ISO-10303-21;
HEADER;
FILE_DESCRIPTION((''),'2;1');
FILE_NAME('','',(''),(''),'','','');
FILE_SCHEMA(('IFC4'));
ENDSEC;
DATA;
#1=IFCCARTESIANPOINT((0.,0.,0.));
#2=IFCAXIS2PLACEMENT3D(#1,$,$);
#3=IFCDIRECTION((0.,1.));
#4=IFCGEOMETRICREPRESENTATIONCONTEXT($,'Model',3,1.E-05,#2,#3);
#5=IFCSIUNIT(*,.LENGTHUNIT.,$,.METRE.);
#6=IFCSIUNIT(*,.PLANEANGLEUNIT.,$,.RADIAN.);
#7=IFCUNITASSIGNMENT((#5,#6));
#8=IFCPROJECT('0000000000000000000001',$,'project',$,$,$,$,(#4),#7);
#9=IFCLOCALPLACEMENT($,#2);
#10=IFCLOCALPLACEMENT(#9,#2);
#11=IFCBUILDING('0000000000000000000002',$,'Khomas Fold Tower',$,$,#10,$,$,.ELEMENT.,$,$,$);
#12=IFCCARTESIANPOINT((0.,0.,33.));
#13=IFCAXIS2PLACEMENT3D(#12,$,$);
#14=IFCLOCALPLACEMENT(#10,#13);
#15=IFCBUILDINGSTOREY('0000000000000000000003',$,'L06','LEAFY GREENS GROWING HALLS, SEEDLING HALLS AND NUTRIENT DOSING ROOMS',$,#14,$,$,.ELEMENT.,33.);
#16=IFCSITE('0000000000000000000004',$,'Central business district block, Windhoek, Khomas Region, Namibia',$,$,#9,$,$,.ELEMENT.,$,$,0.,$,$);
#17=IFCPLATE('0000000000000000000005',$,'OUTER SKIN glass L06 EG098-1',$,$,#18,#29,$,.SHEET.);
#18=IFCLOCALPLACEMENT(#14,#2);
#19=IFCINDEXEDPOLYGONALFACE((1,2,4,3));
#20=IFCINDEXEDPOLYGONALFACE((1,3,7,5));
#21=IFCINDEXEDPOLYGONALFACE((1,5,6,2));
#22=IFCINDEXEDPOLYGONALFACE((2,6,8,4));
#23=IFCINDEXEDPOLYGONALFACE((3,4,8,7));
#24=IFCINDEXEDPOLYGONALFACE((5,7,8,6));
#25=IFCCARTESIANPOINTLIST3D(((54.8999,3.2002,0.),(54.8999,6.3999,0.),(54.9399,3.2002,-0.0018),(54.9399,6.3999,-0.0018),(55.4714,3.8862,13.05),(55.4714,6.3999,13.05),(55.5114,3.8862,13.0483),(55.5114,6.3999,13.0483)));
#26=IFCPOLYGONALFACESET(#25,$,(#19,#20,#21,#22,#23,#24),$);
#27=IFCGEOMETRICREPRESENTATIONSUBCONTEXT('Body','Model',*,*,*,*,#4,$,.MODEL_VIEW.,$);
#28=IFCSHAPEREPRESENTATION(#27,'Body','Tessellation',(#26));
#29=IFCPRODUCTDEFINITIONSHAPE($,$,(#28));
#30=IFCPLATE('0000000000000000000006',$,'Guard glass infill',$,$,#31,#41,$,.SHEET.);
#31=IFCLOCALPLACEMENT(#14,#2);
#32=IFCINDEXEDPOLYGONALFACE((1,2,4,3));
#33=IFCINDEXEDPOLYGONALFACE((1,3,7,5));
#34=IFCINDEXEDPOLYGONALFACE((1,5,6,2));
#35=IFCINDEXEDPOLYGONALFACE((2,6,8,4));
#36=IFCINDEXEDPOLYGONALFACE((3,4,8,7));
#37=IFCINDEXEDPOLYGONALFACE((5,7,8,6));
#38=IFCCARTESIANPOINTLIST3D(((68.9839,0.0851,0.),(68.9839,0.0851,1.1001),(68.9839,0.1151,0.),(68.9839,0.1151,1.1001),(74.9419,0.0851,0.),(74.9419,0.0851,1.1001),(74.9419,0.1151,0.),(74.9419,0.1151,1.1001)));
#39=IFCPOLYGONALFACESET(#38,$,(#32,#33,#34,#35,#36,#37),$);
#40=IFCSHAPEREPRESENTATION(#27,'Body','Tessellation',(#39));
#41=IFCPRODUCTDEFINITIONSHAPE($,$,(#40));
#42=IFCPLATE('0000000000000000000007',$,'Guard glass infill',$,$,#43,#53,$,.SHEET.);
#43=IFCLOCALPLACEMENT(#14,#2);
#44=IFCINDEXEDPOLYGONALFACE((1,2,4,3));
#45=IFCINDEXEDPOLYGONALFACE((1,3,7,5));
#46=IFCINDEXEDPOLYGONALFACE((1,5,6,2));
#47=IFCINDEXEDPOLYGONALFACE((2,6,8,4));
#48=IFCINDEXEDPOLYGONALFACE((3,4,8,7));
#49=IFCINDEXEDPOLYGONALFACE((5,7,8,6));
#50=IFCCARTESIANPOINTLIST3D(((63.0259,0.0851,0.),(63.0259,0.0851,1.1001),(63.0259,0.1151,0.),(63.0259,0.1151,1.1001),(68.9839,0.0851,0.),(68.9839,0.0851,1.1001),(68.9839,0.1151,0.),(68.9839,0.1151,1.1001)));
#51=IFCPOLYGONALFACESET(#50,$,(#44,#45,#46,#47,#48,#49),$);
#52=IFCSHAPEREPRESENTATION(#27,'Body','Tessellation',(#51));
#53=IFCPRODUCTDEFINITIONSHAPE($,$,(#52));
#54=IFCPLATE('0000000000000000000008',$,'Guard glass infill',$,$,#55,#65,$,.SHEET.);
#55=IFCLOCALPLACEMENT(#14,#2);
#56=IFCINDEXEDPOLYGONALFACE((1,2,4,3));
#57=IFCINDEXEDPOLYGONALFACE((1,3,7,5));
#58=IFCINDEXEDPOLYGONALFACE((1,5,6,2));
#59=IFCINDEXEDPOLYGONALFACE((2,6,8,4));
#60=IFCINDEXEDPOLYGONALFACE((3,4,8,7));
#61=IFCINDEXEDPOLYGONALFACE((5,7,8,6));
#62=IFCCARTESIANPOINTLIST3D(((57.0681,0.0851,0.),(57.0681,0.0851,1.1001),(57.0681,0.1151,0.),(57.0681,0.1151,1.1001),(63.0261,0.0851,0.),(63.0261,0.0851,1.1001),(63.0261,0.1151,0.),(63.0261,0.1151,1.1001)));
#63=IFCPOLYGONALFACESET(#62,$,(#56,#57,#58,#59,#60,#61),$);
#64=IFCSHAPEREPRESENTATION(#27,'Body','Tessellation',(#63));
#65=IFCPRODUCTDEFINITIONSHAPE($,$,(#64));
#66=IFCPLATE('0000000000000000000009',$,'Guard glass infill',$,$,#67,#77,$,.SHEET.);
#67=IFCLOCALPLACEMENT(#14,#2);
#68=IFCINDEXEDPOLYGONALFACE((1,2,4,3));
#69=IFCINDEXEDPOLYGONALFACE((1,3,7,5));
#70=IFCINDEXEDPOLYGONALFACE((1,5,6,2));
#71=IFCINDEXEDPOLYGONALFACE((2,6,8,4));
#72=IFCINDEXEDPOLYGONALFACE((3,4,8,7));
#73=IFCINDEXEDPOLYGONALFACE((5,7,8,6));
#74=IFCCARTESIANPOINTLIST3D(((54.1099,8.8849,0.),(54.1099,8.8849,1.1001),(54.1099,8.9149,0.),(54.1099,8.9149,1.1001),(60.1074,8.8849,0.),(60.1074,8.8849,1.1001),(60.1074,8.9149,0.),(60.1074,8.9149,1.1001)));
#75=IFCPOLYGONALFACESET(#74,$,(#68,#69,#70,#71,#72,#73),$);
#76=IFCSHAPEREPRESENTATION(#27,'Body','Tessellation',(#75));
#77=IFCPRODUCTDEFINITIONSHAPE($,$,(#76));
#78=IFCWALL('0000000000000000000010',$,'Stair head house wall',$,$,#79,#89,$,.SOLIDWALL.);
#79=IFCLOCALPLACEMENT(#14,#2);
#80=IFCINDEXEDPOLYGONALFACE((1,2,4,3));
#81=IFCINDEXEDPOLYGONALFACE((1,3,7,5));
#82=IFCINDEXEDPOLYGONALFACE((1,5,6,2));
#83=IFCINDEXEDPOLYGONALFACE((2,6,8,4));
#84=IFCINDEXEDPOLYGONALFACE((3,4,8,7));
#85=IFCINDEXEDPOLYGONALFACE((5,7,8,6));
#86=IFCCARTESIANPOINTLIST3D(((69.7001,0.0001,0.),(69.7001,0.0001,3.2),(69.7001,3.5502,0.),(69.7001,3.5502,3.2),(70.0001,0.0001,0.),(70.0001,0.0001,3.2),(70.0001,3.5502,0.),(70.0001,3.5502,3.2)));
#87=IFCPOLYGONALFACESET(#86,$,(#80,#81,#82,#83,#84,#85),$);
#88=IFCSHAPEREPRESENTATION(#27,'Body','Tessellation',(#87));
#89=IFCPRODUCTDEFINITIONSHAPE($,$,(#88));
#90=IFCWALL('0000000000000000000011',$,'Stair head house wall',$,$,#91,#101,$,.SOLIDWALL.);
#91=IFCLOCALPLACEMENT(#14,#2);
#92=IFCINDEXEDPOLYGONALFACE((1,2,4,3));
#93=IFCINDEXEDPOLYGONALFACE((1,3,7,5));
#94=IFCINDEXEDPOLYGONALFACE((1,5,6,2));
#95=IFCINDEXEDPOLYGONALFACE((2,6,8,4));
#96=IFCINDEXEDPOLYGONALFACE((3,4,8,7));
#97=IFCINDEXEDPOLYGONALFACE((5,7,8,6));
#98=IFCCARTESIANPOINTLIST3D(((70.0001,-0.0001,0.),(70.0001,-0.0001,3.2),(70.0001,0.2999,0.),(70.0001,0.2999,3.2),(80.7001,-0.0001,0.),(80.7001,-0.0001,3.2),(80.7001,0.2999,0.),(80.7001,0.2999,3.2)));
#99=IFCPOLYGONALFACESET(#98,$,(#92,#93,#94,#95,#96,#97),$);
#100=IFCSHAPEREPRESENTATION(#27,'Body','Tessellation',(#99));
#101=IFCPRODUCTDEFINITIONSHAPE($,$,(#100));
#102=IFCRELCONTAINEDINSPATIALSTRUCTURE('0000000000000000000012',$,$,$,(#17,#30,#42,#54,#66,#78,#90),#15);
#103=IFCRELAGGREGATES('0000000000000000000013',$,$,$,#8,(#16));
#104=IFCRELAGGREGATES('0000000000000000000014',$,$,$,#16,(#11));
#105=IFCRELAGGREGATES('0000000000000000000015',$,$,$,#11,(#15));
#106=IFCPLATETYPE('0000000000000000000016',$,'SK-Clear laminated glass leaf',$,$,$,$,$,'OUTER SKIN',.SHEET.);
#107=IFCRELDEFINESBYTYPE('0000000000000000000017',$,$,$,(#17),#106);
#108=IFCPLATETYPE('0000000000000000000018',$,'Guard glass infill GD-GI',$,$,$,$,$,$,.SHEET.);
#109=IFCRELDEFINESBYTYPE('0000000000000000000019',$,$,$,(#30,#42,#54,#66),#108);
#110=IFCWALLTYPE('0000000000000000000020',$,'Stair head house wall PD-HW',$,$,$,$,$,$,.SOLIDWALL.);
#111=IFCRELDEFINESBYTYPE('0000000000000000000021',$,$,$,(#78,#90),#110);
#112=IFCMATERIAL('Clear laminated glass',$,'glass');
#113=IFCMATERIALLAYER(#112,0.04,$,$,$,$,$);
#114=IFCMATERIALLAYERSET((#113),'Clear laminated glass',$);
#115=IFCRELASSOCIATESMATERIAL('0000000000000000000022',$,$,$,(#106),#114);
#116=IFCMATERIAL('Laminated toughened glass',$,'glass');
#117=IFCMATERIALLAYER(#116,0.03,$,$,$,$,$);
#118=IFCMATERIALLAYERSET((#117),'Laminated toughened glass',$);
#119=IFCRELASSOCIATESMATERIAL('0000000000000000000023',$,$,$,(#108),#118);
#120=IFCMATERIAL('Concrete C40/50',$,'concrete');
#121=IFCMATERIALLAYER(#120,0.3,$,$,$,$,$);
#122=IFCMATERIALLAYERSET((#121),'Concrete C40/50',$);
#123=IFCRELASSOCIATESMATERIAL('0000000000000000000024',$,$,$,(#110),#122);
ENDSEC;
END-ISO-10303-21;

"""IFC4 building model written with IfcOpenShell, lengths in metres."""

from ifc_helpers import new_model, si_unit, direction, frame, frame_2d, origin, origin_2d, place, context, subcontext, project, spatial, polyline, rectangle, outline, extrude, source, transform, mapped, material, layer, layer_set, type_object, element, save


model = new_model("IFC4")

# Units and contexts
model_context = context("Model", 3, precision=1e-05, world=origin(), true_north=direction((0.0, 1.0)))
body_context = subcontext(model_context, "Body", "Model", "MODEL_VIEW")
ifc_project = project(units=[si_unit("LENGTHUNIT", "METRE"), si_unit("PLANEANGLEUNIT", "RADIAN")], contexts=[model_context])

# Site, building, storey
site_placement = place(None, origin())
site = spatial("IfcSite", under=ifc_project, at=site_placement, Name="Central business district block, Windhoek, Khomas Region, Namibia", CompositionType="ELEMENT", RefElevation=0.0)
building_placement = place(site_placement, origin())
building = spatial("IfcBuilding", under=site, at=building_placement, Name="Khomas Fold Tower", CompositionType="ELEMENT")
storey_placement = place(building_placement, frame((0.0, 0.0, 33.0)))
storey = spatial("IfcBuildingStorey", under=building, at=storey_placement, Name="L06", Description="LEAFY GREENS GROWING HALLS, SEEDLING HALLS AND NUTRIENT DOSING ROOMS", CompositionType="ELEMENT", Elevation=33.0)

# Plates
ifc_material_1 = material(Name="Clear laminated glass", Category="glass")
ifc_layer_1 = layer(ifc_material_1, 0.04)
ifc_layer_set_1 = layer_set([ifc_layer_1], Name="Clear laminated glass")
plate_type_1 = type_object("IfcPlateType", Name="SK-Clear laminated glass leaf", ElementType="OUTER SKIN", PredefinedType="SHEET", material=ifc_layer_set_1)
plate_1_placement = place(storey_placement, frame((54.8999, 6.3999, 0.0), z_axis=(-0.999042, 0.0, 0.043754), x_axis=(0.0, -1.0, 0.0)))
element("IfcPlate", 1, at=plate_1_placement, inside=storey, type_object=plate_type_1, Name="OUTER SKIN glass L06 EG098-1", PredefinedType="SHEET", context=body_context, shape_type="SweptSolid", body=[
    extrude(outline(polyline([(0.0, 0.0), (3.1997, 0.0), (2.5137, 13.0626), (0.0, 13.0626), (0.0, 0.0)])), origin(), (0.0, 0.0, -1.0), 0.04),
])
ifc_material_2 = material(Name="Laminated toughened glass", Category="glass")
ifc_layer_2 = layer(ifc_material_2, 0.03)
ifc_layer_set_2 = layer_set([ifc_layer_2], Name="Laminated toughened glass")
plate_type_2 = type_object("IfcPlateType", Name="Guard glass infill GD-GI", PredefinedType="SHEET", material=ifc_layer_set_2)
shared_shape_1 = source(origin(), body_context, "Body", "SweptSolid", [
    extrude(rectangle(XDim=5.958, YDim=0.03, at=origin_2d()), origin(), (0.0, 0.0, 1.0), 1.1001),
])
for number, where, z_axis, x_axis, name in (
    (2, (71.9629, 0.1001, 0.0), (0.0, 0.0, 1.0), (-1.0, 0.0, 0.0), "Guard glass infill"),
    (3, (66.0049, 0.1001, 0.0), (0.0, 0.0, 1.0), (-1.0, 0.0, 0.0), "Guard glass infill"),
    (4, (60.0471, 0.1001, 0.0), (0.0, 0.0, 1.0), (-1.0, 0.0, 0.0), "Guard glass infill"),
):
    element("IfcPlate", number, at=place(storey_placement, frame(where, z_axis=z_axis, x_axis=x_axis)), inside=storey, type_object=plate_type_2, Name=name, PredefinedType="SHEET", context=body_context, shape_type="MappedRepresentation", body=[
        mapped(shared_shape_1, transform((0.0, 0.0, 0.0))),
    ])
shared_shape_2 = source(origin(), body_context, "Body", "SweptSolid", [
    extrude(rectangle(XDim=5.9976, YDim=0.03, at=origin_2d()), origin(), (0.0, 0.0, 1.0), 1.1001),
])
plate_2_placement = place(storey_placement, frame((57.1086, 8.8999, 0.0), z_axis=(0.0, 0.0, 1.0), x_axis=(1.0, 0.0, 0.0)))
element("IfcPlate", 5, at=plate_2_placement, inside=storey, type_object=plate_type_2, Name="Guard glass infill", PredefinedType="SHEET", context=body_context, shape_type="MappedRepresentation", body=[
    mapped(shared_shape_2, transform((0.0, 0.0, 0.0))),
])

# Walls
ifc_material_3 = material(Name="Concrete C40/50", Category="concrete")
ifc_layer_3 = layer(ifc_material_3, 0.3)
ifc_layer_set_3 = layer_set([ifc_layer_3], Name="Concrete C40/50")
wall_type = type_object("IfcWallType", Name="Stair head house wall PD-HW", PredefinedType="SOLIDWALL", material=ifc_layer_set_3)
shared_shape_3 = source(origin(), body_context, "Body", "SweptSolid", [
    extrude(rectangle(XDim=3.55, YDim=0.3, at=frame_2d((1.7749, 0.0))), origin(), (0.0, 0.0, 1.0), 3.2),
])
wall_1_placement = place(storey_placement, frame((69.8501, 3.55, 0.0), z_axis=(0.0, 0.0, 1.0), x_axis=(0.0, -1.0, 0.0)))
element("IfcWall", 6, at=wall_1_placement, inside=storey, type_object=wall_type, Name="Stair head house wall", PredefinedType="SOLIDWALL", context=body_context, shape_type="MappedRepresentation", body=[
    mapped(shared_shape_3, transform((0.0, 0.0, 0.0))),
])
shared_shape_4 = source(origin(), body_context, "Body", "SweptSolid", [
    extrude(rectangle(XDim=10.7, YDim=0.3, at=frame_2d((5.3501, 0.0))), origin(), (0.0, 0.0, 1.0), 3.2),
])
wall_2_placement = place(storey_placement, frame((70.0, 0.1499, 0.0), z_axis=(0.0, 0.0, 1.0), x_axis=(1.0, 0.0, 0.0)))
element("IfcWall", 7, at=wall_2_placement, inside=storey, type_object=wall_type, Name="Stair head house wall", PredefinedType="SOLIDWALL", context=body_context, shape_type="MappedRepresentation", body=[
    mapped(shared_shape_4, transform((0.0, 0.0, 0.0))),
])

save(model, "model.ifc")
